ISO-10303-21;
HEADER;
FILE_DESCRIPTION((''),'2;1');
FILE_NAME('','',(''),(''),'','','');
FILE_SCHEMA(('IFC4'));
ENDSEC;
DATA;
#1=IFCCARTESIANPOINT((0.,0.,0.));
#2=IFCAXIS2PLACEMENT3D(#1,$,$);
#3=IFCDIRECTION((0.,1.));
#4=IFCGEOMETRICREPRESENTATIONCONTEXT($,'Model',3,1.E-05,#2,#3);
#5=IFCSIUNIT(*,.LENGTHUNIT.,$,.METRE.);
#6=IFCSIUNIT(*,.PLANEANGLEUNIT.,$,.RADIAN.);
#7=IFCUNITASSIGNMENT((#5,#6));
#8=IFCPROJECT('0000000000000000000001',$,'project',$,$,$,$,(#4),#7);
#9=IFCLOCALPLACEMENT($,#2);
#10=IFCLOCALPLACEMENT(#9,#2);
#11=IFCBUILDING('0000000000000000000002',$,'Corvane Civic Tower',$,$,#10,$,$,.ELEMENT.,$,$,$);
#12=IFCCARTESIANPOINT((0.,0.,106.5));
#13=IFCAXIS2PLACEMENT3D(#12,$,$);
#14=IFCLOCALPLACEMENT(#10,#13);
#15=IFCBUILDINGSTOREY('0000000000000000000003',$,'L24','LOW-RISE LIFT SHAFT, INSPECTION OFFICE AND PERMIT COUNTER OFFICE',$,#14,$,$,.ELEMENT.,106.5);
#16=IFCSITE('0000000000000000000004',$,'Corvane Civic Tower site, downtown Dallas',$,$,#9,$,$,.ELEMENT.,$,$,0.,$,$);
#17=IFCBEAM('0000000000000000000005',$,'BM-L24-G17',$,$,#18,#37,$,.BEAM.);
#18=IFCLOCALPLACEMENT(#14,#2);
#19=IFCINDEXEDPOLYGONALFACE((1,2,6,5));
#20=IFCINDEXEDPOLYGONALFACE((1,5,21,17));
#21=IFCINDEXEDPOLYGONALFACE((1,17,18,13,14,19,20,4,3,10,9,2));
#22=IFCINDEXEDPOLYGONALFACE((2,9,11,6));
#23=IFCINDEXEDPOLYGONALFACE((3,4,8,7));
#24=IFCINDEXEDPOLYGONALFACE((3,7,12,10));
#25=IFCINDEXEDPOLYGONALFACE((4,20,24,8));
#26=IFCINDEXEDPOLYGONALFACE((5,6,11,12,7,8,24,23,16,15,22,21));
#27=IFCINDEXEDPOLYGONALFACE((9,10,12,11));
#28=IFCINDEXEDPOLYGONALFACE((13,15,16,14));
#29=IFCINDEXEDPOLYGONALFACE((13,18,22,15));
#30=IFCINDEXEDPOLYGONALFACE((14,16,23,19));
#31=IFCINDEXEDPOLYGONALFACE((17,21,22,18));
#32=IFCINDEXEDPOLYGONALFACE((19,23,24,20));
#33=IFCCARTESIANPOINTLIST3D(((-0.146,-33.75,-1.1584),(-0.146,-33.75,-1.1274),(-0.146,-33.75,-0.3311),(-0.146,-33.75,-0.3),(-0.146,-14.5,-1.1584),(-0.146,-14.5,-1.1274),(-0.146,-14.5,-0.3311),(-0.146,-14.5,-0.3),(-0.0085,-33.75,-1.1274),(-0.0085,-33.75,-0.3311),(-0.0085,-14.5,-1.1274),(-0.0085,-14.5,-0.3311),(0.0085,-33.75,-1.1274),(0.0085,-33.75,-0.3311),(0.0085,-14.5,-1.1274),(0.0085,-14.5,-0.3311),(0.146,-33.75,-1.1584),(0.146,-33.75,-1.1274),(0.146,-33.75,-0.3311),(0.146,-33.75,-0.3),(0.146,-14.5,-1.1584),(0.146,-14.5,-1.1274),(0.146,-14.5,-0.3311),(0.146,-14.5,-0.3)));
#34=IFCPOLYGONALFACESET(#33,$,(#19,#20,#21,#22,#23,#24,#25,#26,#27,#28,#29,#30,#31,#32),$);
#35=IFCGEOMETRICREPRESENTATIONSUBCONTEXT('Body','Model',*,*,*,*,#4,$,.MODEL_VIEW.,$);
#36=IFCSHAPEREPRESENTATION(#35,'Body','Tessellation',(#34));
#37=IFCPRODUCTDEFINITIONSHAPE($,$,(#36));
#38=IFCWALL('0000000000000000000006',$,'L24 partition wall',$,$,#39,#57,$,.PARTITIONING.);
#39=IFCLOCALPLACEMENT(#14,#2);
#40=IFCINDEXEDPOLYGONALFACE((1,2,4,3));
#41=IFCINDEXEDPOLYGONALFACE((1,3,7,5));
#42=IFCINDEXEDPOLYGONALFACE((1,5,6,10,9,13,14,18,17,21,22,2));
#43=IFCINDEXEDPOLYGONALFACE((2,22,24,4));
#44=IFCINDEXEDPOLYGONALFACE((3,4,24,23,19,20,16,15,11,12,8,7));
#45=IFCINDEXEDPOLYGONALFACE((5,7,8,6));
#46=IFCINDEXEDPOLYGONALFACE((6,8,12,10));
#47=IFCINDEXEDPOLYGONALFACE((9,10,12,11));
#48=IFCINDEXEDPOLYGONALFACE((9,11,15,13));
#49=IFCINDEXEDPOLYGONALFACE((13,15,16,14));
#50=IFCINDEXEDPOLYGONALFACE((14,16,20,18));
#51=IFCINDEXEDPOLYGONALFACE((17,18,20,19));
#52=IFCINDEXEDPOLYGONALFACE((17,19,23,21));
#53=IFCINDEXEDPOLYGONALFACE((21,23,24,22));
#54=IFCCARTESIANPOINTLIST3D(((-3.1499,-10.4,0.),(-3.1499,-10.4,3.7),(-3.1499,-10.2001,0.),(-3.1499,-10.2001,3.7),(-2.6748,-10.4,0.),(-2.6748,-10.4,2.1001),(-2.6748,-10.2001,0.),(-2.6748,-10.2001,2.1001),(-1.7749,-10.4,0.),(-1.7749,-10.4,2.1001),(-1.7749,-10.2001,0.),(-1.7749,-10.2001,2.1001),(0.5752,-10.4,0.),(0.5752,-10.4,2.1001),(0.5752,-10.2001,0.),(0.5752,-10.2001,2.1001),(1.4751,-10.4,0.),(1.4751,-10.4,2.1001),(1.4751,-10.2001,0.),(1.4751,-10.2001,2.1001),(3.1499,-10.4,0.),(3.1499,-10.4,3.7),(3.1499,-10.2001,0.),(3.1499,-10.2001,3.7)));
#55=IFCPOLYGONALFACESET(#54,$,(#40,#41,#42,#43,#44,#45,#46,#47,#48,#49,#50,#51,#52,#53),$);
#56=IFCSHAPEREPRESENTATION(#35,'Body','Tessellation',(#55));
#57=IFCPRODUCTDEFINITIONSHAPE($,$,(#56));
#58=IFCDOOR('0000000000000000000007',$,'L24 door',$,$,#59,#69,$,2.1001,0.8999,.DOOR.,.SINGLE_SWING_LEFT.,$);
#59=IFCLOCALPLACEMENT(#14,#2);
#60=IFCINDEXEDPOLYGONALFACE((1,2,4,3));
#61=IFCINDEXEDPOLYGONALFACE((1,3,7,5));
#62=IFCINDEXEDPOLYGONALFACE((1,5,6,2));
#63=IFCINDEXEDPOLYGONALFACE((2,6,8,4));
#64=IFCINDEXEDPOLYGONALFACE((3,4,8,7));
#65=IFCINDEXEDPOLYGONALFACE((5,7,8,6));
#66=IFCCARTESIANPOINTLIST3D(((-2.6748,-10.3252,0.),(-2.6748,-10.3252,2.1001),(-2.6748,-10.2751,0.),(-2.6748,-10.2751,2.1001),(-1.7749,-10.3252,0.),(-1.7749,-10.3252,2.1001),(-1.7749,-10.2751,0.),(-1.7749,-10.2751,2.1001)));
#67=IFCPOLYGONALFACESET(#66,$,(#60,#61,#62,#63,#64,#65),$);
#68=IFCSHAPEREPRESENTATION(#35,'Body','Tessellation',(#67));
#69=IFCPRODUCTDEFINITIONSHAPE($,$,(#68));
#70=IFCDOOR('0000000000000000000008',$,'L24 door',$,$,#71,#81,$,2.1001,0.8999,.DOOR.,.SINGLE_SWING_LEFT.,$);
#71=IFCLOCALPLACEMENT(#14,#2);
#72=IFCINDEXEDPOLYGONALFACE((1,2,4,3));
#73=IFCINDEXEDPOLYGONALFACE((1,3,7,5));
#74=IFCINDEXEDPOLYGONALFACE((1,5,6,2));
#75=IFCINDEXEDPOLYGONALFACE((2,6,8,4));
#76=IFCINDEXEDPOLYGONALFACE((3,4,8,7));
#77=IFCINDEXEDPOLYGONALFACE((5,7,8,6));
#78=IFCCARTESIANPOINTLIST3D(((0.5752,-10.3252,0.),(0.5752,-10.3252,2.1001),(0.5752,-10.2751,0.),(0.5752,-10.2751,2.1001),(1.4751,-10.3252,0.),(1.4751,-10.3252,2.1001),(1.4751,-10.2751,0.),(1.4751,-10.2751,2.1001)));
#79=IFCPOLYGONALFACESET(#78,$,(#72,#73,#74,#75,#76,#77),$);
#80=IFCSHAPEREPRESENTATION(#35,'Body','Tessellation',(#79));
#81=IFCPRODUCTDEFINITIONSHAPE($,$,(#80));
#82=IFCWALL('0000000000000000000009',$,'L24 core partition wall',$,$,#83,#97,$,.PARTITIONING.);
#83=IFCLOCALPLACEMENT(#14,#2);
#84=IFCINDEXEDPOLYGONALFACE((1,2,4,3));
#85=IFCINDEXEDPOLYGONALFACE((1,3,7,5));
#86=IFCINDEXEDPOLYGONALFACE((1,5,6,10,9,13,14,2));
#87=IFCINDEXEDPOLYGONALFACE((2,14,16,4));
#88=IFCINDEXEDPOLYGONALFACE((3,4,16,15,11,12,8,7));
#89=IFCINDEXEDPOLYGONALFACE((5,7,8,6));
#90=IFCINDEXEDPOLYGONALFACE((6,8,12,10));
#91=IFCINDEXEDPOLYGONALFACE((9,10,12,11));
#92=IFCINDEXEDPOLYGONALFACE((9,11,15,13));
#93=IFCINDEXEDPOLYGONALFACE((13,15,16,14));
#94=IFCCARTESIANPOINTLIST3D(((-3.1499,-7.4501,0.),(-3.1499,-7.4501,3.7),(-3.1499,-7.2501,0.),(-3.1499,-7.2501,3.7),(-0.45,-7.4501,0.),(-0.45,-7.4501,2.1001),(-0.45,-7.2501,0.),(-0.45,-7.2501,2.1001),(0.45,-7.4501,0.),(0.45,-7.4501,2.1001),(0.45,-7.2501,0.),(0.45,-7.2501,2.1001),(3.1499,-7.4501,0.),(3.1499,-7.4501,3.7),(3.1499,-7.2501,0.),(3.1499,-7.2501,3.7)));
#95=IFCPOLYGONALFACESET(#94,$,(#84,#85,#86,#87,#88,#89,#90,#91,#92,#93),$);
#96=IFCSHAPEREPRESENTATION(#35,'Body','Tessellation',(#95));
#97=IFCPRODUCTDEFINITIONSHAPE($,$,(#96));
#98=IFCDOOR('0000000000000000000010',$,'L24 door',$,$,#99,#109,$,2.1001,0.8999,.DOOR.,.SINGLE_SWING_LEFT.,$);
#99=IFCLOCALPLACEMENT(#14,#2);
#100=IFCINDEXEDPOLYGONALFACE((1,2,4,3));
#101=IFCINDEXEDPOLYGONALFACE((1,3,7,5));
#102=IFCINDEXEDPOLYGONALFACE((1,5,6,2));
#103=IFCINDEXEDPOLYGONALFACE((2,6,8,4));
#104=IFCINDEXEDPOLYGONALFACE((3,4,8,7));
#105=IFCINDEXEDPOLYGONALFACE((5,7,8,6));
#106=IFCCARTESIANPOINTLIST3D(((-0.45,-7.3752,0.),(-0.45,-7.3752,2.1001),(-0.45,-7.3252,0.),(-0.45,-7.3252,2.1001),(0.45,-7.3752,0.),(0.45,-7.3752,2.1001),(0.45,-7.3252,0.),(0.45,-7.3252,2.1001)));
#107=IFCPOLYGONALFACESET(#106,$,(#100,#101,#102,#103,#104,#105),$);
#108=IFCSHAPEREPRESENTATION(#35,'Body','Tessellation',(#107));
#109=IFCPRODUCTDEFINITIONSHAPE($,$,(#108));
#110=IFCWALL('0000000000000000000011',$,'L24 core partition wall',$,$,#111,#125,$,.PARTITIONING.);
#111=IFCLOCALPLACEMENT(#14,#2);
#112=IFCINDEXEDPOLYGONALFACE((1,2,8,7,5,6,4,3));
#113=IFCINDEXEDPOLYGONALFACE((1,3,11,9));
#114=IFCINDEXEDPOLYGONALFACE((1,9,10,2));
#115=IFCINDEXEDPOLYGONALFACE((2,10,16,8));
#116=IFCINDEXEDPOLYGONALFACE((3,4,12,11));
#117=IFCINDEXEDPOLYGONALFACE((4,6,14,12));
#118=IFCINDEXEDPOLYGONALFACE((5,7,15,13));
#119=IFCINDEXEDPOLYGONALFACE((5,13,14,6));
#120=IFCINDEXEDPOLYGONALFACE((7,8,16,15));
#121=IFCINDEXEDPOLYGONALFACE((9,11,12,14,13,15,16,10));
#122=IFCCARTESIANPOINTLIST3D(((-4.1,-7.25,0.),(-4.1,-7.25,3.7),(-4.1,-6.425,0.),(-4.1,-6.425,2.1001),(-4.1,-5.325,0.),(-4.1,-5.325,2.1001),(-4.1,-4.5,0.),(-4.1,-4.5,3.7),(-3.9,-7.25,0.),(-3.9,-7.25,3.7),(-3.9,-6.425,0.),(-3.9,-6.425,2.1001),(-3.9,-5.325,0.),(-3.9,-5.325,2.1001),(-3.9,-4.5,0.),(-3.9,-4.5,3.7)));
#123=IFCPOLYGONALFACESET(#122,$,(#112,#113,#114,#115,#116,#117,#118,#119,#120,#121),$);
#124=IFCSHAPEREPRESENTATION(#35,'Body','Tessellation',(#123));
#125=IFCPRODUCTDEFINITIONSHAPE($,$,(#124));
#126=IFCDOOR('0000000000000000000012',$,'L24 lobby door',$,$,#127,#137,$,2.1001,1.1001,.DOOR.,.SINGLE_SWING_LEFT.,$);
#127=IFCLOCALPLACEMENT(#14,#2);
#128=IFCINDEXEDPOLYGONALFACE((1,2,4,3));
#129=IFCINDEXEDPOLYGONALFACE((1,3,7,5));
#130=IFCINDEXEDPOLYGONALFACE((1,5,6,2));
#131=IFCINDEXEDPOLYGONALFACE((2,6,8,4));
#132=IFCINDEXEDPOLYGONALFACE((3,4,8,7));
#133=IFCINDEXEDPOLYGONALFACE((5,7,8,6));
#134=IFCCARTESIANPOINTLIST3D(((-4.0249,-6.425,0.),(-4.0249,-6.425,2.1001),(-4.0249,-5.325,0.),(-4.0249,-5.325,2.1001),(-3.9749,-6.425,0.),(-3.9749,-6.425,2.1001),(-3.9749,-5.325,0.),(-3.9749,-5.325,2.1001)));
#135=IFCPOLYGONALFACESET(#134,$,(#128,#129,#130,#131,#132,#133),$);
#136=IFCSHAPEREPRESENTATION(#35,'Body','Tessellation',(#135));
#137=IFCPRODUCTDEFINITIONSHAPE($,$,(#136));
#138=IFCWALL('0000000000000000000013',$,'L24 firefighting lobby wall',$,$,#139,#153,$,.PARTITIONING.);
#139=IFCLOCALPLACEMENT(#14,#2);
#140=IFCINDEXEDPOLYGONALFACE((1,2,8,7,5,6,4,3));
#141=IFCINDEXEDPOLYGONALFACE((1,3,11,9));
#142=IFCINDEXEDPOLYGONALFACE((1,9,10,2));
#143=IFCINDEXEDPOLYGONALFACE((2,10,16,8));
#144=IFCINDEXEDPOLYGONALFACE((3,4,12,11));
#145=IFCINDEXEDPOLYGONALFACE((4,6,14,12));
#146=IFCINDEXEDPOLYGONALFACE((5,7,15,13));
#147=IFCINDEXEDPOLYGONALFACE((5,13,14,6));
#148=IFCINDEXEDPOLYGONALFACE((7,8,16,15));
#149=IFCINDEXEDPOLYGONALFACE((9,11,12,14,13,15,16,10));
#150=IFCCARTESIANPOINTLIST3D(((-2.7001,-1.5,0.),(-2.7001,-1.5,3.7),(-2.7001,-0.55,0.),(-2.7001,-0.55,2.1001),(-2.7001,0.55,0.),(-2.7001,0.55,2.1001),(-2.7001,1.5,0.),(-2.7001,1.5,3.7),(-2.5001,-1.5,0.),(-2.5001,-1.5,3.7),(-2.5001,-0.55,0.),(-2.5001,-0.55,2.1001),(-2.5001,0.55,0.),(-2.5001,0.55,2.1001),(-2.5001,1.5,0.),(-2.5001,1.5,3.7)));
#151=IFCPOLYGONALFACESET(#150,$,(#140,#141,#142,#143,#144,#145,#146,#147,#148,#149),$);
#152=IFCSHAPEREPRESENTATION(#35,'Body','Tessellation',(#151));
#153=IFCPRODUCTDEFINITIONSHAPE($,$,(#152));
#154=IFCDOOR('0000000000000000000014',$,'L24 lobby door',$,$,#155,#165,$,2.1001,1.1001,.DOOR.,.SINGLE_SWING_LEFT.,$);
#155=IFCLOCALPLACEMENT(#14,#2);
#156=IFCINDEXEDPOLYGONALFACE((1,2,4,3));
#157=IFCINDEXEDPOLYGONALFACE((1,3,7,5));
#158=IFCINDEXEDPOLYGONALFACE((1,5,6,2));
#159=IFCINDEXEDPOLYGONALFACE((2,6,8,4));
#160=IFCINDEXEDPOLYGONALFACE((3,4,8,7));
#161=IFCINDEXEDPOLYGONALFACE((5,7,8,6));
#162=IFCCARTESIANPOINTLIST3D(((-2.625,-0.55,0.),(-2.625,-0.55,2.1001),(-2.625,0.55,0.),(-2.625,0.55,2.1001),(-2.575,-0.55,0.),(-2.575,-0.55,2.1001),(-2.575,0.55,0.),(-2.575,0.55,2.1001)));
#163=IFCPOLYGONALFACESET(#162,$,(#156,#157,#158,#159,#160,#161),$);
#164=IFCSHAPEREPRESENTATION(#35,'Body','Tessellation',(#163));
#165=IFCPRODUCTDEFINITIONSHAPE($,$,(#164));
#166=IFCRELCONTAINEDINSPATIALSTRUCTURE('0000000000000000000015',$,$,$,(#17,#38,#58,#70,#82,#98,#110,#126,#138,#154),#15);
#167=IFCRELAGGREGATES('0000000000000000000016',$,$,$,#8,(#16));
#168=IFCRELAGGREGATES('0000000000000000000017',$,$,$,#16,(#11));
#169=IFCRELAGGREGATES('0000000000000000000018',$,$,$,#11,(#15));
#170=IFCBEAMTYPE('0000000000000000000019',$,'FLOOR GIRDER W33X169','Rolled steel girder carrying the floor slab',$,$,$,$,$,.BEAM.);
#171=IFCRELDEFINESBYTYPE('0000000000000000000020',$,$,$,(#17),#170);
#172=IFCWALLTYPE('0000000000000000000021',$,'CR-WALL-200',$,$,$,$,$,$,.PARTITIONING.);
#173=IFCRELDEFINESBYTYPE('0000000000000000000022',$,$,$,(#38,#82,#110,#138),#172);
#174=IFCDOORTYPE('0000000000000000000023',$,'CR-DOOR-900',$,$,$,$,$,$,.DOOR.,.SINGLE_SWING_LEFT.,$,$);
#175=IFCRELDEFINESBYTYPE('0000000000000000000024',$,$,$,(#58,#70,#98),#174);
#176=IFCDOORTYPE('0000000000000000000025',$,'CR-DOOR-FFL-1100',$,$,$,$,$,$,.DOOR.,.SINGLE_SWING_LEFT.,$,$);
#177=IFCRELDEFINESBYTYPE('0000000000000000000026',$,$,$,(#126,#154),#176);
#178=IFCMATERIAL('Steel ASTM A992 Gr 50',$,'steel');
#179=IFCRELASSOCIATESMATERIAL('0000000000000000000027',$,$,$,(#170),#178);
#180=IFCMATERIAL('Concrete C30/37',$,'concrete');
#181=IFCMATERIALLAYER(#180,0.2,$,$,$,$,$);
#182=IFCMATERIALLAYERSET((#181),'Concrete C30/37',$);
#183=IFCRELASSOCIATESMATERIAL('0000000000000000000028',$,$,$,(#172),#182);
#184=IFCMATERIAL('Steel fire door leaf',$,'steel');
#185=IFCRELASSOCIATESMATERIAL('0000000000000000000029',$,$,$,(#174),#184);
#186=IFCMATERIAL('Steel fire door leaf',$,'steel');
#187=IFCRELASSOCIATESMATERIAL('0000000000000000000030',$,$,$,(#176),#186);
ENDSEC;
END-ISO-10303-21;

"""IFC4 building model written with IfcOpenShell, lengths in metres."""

from ifc_helpers import new_model, si_unit, direction, frame, frame_2d, origin, origin_2d, place, context, subcontext, project, spatial, rectangle, i_section, extrude, material, layer, layer_set, material_profile, profile_set, type_object, element, fill, save


model = new_model("IFC4")

# Units and contexts
model_context = context("Model", 3, precision=1e-05, world=origin(), true_north=direction((0.0, 1.0)))
body_context = subcontext(model_context, "Body", "Model", "MODEL_VIEW")
ifc_project = project(units=[si_unit("LENGTHUNIT", "METRE"), si_unit("PLANEANGLEUNIT", "RADIAN")], contexts=[model_context])

# Site, building, storey
site_placement = place(None, origin())
site = spatial("IfcSite", under=ifc_project, at=site_placement, Name="Corvane Civic Tower site, downtown Dallas", CompositionType="ELEMENT", RefElevation=0.0)
building_placement = place(site_placement, origin())
building = spatial("IfcBuilding", under=site, at=building_placement, Name="Corvane Civic Tower", CompositionType="ELEMENT")
storey_placement = place(building_placement, frame((0.0, 0.0, 106.5)))
storey = spatial("IfcBuildingStorey", under=building, at=storey_placement, Name="L24", Description="LOW-RISE LIFT SHAFT, INSPECTION OFFICE AND PERMIT COUNTER OFFICE", CompositionType="ELEMENT", Elevation=106.5)

# Beam
ifc_material_1 = material(Name="Steel ASTM A992 Gr 50", Category="steel")
ifc_material_profile = material_profile(ifc_material_1, i_section(OverallWidth=0.292, OverallDepth=0.8584, WebThickness=0.0171, FlangeThickness=0.031, at=origin_2d()), Name="W33X169")
ifc_profile_set = profile_set([ifc_material_profile], Name="Steel ASTM A992 Gr 50")
beam_type = type_object("IfcBeamType", Name="FLOOR GIRDER W33X169", Description="Rolled steel girder carrying the floor slab", PredefinedType="BEAM", material=ifc_profile_set)
beam_placement = place(storey_placement, frame((0.0, -14.5, -0.7292), z_axis=(0.0, -1.0, 0.0), x_axis=(1.0, 0.0, 0.0)))
element("IfcBeam", 1, at=beam_placement, inside=storey, type_object=beam_type, Name="BM-L24-G17", PredefinedType="BEAM", context=body_context, shape_type="SweptSolid", body=[
    extrude(i_section(OverallWidth=0.292, OverallDepth=0.8584, WebThickness=0.0171, FlangeThickness=0.031, at=origin_2d()), origin(), (0.0, 0.0, 1.0), 19.25),
])

# Wall, openings, doors
ifc_material_2 = material(Name="Concrete C30/37", Category="concrete")
ifc_layer = layer(ifc_material_2, 0.2)
ifc_layer_set = layer_set([ifc_layer], Name="Concrete C30/37")
wall_type = type_object("IfcWallType", Name="CR-WALL-200", PredefinedType="PARTITIONING", material=ifc_layer_set)
wall_1_placement = place(storey_placement, frame((-3.1499, -10.3, 0.0), z_axis=(0.0, 0.0, 1.0), x_axis=(1.0, 0.0, 0.0)))
wall_1 = element("IfcWall", 2, at=wall_1_placement, inside=storey, type_object=wall_type, Name="L24 partition wall", PredefinedType="PARTITIONING", context=body_context, shape_type="SweptSolid", body=[
    extrude(rectangle(XDim=6.2998, YDim=0.2, at=frame_2d((3.1499, 0.0))), origin(), (0.0, 0.0, 1.0), 3.7),
])
opening_1_placement = place(wall_1_placement, frame((0.4751, 0.0, 0.0)))
opening_1 = element("IfcOpeningElement", 3, at=opening_1_placement, cuts=wall_1, PredefinedType="OPENING", context=body_context, shape_type="SweptSolid", body=[
    extrude(rectangle(XDim=0.8999, YDim=2.1001, at=frame_2d((0.45, 1.05))), frame((0.0, 0.1099, 0.0), z_axis=(0.0, -1.0, 0.0), x_axis=(1.0, 0.0, 0.0)), (0.0, 0.0, 1.0), 0.22),
])
opening_2_placement = place(wall_1_placement, frame((3.7251, 0.0, 0.0)))
opening_2 = element("IfcOpeningElement", 4, at=opening_2_placement, cuts=wall_1, PredefinedType="OPENING", context=body_context, shape_type="SweptSolid", body=[
    extrude(rectangle(XDim=0.8999, YDim=2.1001, at=frame_2d((0.45, 1.05))), frame((0.0, 0.1099, 0.0), z_axis=(0.0, -1.0, 0.0), x_axis=(1.0, 0.0, 0.0)), (0.0, 0.0, 1.0), 0.22),
])
ifc_material_3 = material(Name="Steel fire door leaf", Category="steel")
door_type_1 = type_object("IfcDoorType", Name="CR-DOOR-900", OperationType="SINGLE_SWING_LEFT", PredefinedType="DOOR", material=ifc_material_3)
door_1_placement = place(opening_1_placement, origin())
door_1 = element("IfcDoor", 5, at=door_1_placement, inside=storey, type_object=door_type_1, Name="L24 door", OperationType="SINGLE_SWING_LEFT", OverallHeight=2.1001, OverallWidth=0.8999, PredefinedType="DOOR", context=body_context, shape_type="SweptSolid", body=[
    extrude(rectangle(XDim=0.8999, YDim=2.1001, at=frame_2d((0.45, 1.05))), frame((0.0, 0.0249, 0.0), z_axis=(0.0, -1.0, 0.0), x_axis=(1.0, 0.0, 0.0)), (0.0, 0.0, 1.0), 0.05),
])
fill(opening_1, door_1)
door_2_placement = place(opening_2_placement, origin())
door_2 = element("IfcDoor", 6, at=door_2_placement, inside=storey, type_object=door_type_1, Name="L24 door", OperationType="SINGLE_SWING_LEFT", OverallHeight=2.1001, OverallWidth=0.8999, PredefinedType="DOOR", context=body_context, shape_type="SweptSolid", body=[
    extrude(rectangle(XDim=0.8999, YDim=2.1001, at=frame_2d((0.45, 1.05))), frame((0.0, 0.0249, 0.0), z_axis=(0.0, -1.0, 0.0), x_axis=(1.0, 0.0, 0.0)), (0.0, 0.0, 1.0), 0.05),
])
fill(opening_2, door_2)

# Walls, openings, doors
wall_2_placement = place(storey_placement, frame((-3.1499, -7.3501, 0.0), z_axis=(0.0, 0.0, 1.0), x_axis=(1.0, 0.0, 0.0)))
wall_2 = element("IfcWall", 7, at=wall_2_placement, inside=storey, type_object=wall_type, Name="L24 core partition wall", PredefinedType="PARTITIONING", context=body_context, shape_type="SweptSolid", body=[
    extrude(rectangle(XDim=6.2998, YDim=0.2, at=frame_2d((3.1499, 0.0))), origin(), (0.0, 0.0, 1.0), 3.7),
])
opening_3_placement = place(wall_2_placement, frame((2.7, 0.0, 0.0)))
opening_3 = element("IfcOpeningElement", 8, at=opening_3_placement, cuts=wall_2, PredefinedType="OPENING", context=body_context, shape_type="SweptSolid", body=[
    extrude(rectangle(XDim=0.8999, YDim=2.1001, at=frame_2d((0.45, 1.05))), frame((0.0, 0.1099, 0.0), z_axis=(0.0, -1.0, 0.0), x_axis=(1.0, 0.0, 0.0)), (0.0, 0.0, 1.0), 0.22),
])
door_3_placement = place(opening_3_placement, origin())
door_3 = element("IfcDoor", 9, at=door_3_placement, inside=storey, type_object=door_type_1, Name="L24 door", OperationType="SINGLE_SWING_LEFT", OverallHeight=2.1001, OverallWidth=0.8999, PredefinedType="DOOR", context=body_context, shape_type="SweptSolid", body=[
    extrude(rectangle(XDim=0.8999, YDim=2.1001, at=frame_2d((0.45, 1.05))), frame((0.0, 0.0249, 0.0), z_axis=(0.0, -1.0, 0.0), x_axis=(1.0, 0.0, 0.0)), (0.0, 0.0, 1.0), 0.05),
])
fill(opening_3, door_3)
wall_3_placement = place(storey_placement, frame((-4.0, -7.25, 0.0), z_axis=(0.0, 0.0, 1.0), x_axis=(0.0, 1.0, 0.0)))
wall_3 = element("IfcWall", 10, at=wall_3_placement, inside=storey, type_object=wall_type, Name="L24 core partition wall", PredefinedType="PARTITIONING", context=body_context, shape_type="SweptSolid", body=[
    extrude(rectangle(XDim=2.75, YDim=0.2, at=frame_2d((1.375, 0.0))), origin(), (0.0, 0.0, 1.0), 3.7),
])
opening_4_placement = place(wall_3_placement, frame((0.825, 0.0, 0.0)))
opening_4 = element("IfcOpeningElement", 11, at=opening_4_placement, cuts=wall_3, PredefinedType="OPENING", context=body_context, shape_type="SweptSolid", body=[
    extrude(rectangle(XDim=1.1001, YDim=2.1001, at=frame_2d((0.55, 1.05))), frame((0.0, 0.1099, 0.0), z_axis=(0.0, -1.0, 0.0), x_axis=(1.0, 0.0, 0.0)), (0.0, 0.0, 1.0), 0.22),
])
ifc_material_4 = material(Name="Steel fire door leaf", Category="steel")
door_type_2 = type_object("IfcDoorType", Name="CR-DOOR-FFL-1100", OperationType="SINGLE_SWING_LEFT", PredefinedType="DOOR", material=ifc_material_4)
door_4_placement = place(opening_4_placement, origin())
door_4 = element("IfcDoor", 12, at=door_4_placement, inside=storey, type_object=door_type_2, Name="L24 lobby door", OperationType="SINGLE_SWING_LEFT", OverallHeight=2.1001, OverallWidth=1.1001, PredefinedType="DOOR", context=body_context, shape_type="SweptSolid", body=[
    extrude(rectangle(XDim=1.1001, YDim=2.1001, at=frame_2d((0.55, 1.05))), frame((0.0, 0.0249, 0.0), z_axis=(0.0, -1.0, 0.0), x_axis=(1.0, 0.0, 0.0)), (0.0, 0.0, 1.0), 0.05),
])
fill(opening_4, door_4)
wall_4_placement = place(storey_placement, frame((-2.6001, -1.5, 0.0), z_axis=(0.0, 0.0, 1.0), x_axis=(0.0, 1.0, 0.0)))
wall_4 = element("IfcWall", 13, at=wall_4_placement, inside=storey, type_object=wall_type, Name="L24 firefighting lobby wall", PredefinedType="PARTITIONING", context=body_context, shape_type="SweptSolid", body=[
    extrude(rectangle(XDim=3.0, YDim=0.2, at=frame_2d((1.5, 0.0))), origin(), (0.0, 0.0, 1.0), 3.7),
])
opening_5_placement = place(wall_4_placement, frame((0.95, 0.0, 0.0)))
opening_5 = element("IfcOpeningElement", 14, at=opening_5_placement, cuts=wall_4, PredefinedType="OPENING", context=body_context, shape_type="SweptSolid", body=[
    extrude(rectangle(XDim=1.1001, YDim=2.1001, at=frame_2d((0.55, 1.05))), frame((0.0, 0.1099, 0.0), z_axis=(0.0, -1.0, 0.0), x_axis=(1.0, 0.0, 0.0)), (0.0, 0.0, 1.0), 0.22),
])
door_5_placement = place(opening_5_placement, origin())
door_5 = element("IfcDoor", 15, at=door_5_placement, inside=storey, type_object=door_type_2, Name="L24 lobby door", OperationType="SINGLE_SWING_LEFT", OverallHeight=2.1001, OverallWidth=1.1001, PredefinedType="DOOR", context=body_context, shape_type="SweptSolid", body=[
    extrude(rectangle(XDim=1.1001, YDim=2.1001, at=frame_2d((0.55, 1.05))), frame((0.0, 0.0249, 0.0), z_axis=(0.0, -1.0, 0.0), x_axis=(1.0, 0.0, 0.0)), (0.0, 0.0, 1.0), 0.05),
])
fill(opening_5, door_5)

save(model, "model.ifc")
